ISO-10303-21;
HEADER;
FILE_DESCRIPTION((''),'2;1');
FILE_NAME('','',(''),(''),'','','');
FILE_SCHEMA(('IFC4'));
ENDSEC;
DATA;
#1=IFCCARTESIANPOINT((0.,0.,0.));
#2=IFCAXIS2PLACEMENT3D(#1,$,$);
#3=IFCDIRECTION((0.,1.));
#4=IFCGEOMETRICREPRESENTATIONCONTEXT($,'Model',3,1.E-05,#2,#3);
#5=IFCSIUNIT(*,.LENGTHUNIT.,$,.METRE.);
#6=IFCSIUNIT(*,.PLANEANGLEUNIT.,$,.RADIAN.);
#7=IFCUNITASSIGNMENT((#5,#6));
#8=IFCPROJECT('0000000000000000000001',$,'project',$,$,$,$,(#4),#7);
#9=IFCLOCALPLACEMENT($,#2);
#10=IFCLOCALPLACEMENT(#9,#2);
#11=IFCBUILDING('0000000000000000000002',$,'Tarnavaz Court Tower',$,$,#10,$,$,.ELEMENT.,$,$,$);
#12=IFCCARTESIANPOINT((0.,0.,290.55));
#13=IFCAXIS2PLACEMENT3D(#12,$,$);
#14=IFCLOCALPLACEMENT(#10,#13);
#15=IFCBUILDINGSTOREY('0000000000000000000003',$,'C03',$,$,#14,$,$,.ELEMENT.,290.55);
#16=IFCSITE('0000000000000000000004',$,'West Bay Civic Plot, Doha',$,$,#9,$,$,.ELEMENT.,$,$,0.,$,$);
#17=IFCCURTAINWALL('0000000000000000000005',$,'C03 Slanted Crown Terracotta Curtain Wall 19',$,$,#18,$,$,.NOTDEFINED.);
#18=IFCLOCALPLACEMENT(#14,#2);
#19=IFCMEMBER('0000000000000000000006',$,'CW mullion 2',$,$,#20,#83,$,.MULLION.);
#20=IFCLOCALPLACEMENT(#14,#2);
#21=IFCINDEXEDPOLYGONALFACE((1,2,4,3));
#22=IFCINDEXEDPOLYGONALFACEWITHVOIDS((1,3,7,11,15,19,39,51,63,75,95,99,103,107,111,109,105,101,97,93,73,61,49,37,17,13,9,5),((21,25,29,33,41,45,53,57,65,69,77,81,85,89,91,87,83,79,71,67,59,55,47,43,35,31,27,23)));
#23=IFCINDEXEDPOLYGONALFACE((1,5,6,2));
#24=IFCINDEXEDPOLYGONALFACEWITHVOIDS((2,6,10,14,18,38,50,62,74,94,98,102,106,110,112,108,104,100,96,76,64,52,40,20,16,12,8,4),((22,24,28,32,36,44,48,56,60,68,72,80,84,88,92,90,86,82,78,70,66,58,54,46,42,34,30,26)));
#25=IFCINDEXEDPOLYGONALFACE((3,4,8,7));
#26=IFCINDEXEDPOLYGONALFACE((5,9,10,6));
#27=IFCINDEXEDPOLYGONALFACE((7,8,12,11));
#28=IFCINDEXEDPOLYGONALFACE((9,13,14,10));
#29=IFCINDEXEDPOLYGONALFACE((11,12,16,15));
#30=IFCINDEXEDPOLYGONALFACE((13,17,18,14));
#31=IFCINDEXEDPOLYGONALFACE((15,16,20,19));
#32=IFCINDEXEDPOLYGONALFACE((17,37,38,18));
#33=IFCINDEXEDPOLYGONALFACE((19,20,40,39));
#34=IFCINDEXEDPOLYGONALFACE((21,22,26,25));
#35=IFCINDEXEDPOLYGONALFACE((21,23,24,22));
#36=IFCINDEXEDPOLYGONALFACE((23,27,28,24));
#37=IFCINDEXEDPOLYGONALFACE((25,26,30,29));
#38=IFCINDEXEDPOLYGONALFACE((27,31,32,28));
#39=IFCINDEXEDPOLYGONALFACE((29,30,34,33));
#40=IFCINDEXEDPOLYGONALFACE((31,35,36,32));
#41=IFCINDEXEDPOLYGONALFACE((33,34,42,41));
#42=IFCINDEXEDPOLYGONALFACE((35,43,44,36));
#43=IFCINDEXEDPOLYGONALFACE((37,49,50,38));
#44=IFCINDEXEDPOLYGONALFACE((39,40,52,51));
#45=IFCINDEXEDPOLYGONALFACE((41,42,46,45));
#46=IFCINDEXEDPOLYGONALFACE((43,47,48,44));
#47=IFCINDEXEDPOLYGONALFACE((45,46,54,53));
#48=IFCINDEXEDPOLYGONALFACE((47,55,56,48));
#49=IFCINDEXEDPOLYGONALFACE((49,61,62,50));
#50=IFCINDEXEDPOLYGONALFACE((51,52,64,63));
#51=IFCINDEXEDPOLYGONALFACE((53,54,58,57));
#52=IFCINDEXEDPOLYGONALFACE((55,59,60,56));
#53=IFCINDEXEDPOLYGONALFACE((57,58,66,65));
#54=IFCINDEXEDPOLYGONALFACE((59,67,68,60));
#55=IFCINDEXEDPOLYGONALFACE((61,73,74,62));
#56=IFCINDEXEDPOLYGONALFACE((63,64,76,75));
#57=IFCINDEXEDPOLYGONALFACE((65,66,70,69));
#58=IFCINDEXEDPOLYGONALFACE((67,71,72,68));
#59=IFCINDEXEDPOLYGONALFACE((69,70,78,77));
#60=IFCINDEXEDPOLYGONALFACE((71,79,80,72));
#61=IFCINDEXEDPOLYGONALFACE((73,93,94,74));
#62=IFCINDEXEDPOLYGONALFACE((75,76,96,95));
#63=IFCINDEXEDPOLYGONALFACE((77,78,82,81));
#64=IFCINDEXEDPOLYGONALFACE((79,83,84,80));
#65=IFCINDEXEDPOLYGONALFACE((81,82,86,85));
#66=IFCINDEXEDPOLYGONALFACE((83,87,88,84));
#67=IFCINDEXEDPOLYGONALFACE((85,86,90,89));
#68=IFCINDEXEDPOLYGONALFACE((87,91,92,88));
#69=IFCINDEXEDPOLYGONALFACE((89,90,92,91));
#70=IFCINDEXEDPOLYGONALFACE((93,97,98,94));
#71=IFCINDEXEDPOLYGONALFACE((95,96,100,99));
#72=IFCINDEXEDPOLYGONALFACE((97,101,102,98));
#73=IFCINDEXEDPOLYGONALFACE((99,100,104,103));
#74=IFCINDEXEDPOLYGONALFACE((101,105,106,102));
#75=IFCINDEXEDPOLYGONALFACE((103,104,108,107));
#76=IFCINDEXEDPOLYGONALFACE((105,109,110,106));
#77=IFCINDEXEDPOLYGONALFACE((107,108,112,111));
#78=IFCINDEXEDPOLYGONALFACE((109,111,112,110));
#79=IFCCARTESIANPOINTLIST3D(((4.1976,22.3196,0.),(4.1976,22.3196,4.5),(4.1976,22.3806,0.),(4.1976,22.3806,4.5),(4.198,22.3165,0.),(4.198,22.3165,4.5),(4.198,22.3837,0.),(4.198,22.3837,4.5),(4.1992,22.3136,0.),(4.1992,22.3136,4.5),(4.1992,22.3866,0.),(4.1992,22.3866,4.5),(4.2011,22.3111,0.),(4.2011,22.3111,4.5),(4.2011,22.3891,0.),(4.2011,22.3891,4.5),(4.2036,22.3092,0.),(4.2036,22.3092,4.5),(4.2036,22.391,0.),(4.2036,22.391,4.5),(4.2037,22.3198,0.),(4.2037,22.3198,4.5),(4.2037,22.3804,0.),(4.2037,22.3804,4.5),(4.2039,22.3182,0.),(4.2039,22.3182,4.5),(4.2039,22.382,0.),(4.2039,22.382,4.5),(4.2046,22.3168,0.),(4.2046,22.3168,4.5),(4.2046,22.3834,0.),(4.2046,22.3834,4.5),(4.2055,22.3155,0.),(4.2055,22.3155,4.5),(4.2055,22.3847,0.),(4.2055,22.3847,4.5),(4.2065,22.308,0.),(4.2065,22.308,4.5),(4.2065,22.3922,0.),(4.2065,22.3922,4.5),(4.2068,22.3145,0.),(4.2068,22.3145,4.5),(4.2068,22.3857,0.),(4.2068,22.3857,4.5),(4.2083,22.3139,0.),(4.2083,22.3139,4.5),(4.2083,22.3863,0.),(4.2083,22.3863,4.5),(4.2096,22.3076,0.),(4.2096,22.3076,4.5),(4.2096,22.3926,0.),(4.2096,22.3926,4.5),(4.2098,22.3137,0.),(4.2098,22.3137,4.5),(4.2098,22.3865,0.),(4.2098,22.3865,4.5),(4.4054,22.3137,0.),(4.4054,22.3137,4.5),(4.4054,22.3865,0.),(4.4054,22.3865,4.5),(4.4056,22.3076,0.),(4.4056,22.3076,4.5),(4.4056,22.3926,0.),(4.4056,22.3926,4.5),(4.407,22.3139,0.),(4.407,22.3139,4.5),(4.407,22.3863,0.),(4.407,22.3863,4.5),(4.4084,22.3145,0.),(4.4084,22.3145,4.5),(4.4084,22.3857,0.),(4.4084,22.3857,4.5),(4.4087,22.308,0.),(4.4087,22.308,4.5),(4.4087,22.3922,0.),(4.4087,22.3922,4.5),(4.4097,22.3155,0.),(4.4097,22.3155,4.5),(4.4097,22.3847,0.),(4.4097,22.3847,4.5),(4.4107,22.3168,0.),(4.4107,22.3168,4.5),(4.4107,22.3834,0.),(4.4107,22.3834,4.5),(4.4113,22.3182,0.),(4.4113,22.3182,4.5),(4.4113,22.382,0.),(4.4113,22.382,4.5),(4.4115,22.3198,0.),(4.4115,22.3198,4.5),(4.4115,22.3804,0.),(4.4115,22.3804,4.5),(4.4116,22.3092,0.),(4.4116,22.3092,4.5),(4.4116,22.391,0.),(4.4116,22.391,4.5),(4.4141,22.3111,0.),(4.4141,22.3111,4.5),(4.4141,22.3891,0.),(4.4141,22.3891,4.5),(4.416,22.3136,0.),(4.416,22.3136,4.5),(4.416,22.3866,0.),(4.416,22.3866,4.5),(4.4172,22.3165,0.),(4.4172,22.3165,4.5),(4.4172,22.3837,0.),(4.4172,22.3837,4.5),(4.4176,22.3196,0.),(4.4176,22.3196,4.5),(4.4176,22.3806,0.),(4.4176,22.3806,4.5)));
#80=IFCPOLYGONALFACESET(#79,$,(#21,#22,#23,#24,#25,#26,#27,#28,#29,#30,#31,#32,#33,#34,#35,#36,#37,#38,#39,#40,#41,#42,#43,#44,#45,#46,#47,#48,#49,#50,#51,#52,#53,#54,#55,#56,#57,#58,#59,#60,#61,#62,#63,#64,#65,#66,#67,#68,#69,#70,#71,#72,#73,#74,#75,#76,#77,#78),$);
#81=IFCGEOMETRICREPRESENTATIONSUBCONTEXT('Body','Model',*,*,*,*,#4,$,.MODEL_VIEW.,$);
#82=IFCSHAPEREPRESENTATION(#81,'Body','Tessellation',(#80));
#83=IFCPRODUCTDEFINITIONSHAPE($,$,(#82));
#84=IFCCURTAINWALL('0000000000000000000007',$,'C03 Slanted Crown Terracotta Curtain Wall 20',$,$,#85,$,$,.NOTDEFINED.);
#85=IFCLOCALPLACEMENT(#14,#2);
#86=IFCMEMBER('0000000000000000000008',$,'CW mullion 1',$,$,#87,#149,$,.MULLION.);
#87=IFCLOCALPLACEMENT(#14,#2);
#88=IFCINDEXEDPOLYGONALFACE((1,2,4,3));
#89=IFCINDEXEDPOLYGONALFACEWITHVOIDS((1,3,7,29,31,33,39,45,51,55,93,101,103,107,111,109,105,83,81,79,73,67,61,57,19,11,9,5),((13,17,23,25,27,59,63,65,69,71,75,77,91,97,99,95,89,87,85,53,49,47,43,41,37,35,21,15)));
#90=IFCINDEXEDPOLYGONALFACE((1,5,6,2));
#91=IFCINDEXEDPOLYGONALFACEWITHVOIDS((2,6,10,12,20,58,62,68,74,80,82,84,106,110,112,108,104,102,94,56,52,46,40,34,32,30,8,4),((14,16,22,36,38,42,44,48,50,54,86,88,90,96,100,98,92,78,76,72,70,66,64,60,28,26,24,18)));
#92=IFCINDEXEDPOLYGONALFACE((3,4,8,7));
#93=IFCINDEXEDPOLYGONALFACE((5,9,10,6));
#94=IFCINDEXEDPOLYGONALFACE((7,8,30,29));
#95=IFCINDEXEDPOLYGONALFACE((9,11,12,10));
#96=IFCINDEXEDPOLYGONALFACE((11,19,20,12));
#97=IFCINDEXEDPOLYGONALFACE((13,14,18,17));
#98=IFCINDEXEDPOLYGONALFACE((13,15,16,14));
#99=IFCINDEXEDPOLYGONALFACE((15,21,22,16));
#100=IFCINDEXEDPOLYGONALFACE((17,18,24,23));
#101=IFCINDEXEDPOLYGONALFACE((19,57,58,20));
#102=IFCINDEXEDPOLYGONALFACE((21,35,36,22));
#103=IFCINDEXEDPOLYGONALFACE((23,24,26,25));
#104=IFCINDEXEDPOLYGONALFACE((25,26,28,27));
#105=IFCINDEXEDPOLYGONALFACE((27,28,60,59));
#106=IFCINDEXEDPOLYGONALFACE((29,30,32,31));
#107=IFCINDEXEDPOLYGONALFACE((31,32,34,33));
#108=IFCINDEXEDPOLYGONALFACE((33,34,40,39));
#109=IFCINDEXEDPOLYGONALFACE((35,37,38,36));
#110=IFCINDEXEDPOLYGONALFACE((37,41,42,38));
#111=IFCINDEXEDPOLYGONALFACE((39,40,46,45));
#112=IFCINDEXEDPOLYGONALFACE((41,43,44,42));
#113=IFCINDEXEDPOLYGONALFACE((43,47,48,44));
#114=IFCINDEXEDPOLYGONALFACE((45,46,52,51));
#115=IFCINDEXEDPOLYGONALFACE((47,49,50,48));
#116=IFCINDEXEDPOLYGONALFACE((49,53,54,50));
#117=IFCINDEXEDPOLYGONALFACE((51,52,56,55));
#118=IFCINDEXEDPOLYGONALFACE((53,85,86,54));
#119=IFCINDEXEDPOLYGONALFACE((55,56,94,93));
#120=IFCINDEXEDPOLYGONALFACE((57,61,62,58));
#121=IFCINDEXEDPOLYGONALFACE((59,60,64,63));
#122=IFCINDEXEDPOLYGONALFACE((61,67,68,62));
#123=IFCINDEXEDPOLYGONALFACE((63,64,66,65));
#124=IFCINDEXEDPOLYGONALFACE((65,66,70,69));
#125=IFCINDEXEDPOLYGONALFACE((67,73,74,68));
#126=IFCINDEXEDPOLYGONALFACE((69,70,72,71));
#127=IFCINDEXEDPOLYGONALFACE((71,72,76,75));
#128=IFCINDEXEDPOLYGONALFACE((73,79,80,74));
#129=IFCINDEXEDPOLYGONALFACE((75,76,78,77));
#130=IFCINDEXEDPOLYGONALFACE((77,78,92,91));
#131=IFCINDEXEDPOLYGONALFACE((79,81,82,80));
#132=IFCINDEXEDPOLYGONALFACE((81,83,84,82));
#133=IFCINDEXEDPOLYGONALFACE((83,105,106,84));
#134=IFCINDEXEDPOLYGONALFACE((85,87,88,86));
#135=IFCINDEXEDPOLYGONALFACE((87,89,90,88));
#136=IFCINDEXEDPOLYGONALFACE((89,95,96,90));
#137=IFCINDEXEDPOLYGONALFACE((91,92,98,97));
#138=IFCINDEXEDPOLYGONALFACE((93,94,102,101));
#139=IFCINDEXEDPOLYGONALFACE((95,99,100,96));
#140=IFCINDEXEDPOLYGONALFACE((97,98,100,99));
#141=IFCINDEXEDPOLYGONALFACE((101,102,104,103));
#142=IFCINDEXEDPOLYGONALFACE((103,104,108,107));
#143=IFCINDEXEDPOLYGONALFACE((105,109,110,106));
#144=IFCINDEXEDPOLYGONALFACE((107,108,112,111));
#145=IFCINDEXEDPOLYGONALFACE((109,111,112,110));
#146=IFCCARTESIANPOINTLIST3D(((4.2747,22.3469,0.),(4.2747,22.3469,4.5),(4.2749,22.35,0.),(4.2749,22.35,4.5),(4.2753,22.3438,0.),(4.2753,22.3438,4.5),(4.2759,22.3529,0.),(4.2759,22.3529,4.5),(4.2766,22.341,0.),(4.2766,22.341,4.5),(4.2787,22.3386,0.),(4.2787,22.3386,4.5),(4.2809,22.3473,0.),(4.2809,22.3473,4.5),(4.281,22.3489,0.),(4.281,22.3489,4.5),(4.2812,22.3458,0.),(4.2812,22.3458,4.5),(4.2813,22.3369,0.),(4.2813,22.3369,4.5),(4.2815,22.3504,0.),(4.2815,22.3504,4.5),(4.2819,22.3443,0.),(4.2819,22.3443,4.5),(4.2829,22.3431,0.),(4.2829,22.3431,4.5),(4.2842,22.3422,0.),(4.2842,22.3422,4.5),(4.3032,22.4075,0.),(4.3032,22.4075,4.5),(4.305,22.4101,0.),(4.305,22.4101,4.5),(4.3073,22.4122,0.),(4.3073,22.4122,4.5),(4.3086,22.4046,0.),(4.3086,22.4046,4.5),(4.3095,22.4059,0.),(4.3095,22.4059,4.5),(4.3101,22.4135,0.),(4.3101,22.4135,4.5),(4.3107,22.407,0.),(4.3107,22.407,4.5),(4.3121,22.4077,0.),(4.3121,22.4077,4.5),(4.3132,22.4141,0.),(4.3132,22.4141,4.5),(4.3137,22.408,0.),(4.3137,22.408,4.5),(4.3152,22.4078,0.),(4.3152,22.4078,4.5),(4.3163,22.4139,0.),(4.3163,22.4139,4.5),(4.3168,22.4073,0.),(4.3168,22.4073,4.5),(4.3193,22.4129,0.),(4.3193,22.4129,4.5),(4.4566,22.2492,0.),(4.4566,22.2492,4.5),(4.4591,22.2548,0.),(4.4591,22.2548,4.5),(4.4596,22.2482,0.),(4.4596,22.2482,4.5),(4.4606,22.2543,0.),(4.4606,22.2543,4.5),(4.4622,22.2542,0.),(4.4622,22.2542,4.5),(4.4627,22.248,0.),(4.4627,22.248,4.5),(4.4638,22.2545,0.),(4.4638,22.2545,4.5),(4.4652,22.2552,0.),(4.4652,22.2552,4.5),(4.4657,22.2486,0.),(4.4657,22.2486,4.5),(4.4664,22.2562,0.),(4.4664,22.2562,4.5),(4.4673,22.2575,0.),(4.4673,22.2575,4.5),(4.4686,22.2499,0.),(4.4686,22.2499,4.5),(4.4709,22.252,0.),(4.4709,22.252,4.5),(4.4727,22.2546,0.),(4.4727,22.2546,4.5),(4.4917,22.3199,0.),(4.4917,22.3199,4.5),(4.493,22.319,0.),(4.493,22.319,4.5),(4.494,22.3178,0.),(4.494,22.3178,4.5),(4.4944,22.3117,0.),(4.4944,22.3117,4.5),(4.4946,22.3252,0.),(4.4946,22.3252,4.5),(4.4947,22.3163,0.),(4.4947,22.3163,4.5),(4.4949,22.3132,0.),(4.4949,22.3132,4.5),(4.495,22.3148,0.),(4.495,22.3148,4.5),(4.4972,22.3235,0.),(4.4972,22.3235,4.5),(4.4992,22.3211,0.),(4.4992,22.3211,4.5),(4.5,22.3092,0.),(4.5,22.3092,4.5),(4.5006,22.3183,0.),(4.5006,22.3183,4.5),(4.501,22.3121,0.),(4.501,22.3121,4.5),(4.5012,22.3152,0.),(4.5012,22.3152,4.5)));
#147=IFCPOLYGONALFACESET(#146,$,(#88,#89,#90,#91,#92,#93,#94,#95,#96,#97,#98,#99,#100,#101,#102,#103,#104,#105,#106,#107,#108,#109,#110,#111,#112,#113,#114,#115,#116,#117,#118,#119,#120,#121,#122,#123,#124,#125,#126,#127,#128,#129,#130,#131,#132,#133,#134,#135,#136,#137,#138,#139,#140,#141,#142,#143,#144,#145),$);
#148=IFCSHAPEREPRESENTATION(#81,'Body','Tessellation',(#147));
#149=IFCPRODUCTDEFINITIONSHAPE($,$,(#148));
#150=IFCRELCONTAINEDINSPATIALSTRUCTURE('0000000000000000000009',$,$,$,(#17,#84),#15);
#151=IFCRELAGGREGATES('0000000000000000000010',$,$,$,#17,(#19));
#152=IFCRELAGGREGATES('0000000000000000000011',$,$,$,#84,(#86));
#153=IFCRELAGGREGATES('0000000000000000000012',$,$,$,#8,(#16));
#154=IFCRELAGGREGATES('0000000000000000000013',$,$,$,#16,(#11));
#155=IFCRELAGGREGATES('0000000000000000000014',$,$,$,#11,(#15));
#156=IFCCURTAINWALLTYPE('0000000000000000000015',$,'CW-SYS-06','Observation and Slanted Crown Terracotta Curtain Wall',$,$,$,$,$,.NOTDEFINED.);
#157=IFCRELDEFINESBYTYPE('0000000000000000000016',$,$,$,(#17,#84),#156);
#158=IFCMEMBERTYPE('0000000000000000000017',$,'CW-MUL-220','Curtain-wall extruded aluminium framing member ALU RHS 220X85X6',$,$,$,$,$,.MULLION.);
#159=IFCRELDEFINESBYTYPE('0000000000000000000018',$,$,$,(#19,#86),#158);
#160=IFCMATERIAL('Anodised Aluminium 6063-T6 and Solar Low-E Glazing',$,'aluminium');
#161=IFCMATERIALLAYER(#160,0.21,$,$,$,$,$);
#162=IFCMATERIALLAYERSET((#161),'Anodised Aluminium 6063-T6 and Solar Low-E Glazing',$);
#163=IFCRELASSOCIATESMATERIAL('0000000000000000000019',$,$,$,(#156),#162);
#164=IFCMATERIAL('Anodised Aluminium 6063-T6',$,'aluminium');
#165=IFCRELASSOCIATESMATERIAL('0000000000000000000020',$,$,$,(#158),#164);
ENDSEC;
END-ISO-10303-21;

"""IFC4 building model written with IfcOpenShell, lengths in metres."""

from ifc_helpers import new_model, si_unit, direction, frame, origin, origin_2d, place, context, subcontext, project, spatial, hollow_rectangle, extrude, material, layer, layer_set, material_profile, profile_set, type_object, element, aggregate, save


model = new_model("IFC4")

# Units and contexts
model_context = context("Model", 3, precision=1e-05, world=origin(), true_north=direction((0.0, 1.0)))
body_context = subcontext(model_context, "Body", "Model", "MODEL_VIEW")
ifc_project = project(units=[si_unit("LENGTHUNIT", "METRE"), si_unit("PLANEANGLEUNIT", "RADIAN")], contexts=[model_context])

# Site, building, storey
site_placement = place(None, origin())
site = spatial("IfcSite", under=ifc_project, at=site_placement, Name="West Bay Civic Plot, Doha", CompositionType="ELEMENT", RefElevation=0.0)
building_placement = place(site_placement, origin())
building = spatial("IfcBuilding", under=site, at=building_placement, Name="Tarnavaz Court Tower", CompositionType="ELEMENT")
storey_placement = place(building_placement, frame((0.0, 0.0, 290.55)))
storey = spatial("IfcBuildingStorey", under=building, at=storey_placement, Name="C03", CompositionType="ELEMENT", Elevation=290.55)

# Curtain wall, member
ifc_material_1 = material(Name="Anodised Aluminium 6063-T6 and Solar Low-E Glazing", Category="aluminium")
ifc_layer_1 = layer(ifc_material_1, 0.21)
ifc_layer_set_1 = layer_set([ifc_layer_1], Name="Anodised Aluminium 6063-T6 and Solar Low-E Glazing")
curtain_wall_type = type_object("IfcCurtainWallType", Name="CW-SYS-06", Description="Observation and Slanted Crown Terracotta Curtain Wall", PredefinedType="NOTDEFINED", material=ifc_layer_set_1)
curtain_wall_1_placement = place(storey_placement, origin())
curtain_wall_1 = element("IfcCurtainWall", 1, at=curtain_wall_1_placement, inside=storey, type_object=curtain_wall_type, Name="C03 Slanted Crown Terracotta Curtain Wall 19", PredefinedType="NOTDEFINED")
ifc_material_2 = material(Name="Anodised Aluminium 6063-T6", Category="aluminium")
ifc_material_profile_1 = material_profile(ifc_material_2, hollow_rectangle(XDim=0.085, YDim=0.22, WallThickness=0.0061, InnerFilletRadius=0.0061, OuterFilletRadius=0.012, at=origin_2d()), Name="ALU RHS 220X85X6")
ifc_profile_set_1 = profile_set([ifc_material_profile_1], Name="Anodised Aluminium 6063-T6")
member_type_1 = type_object("IfcMemberType", Name="CW-MUL-220", Description="Curtain-wall extruded aluminium framing member ALU RHS 220X85X6", PredefinedType="MULLION", material=ifc_profile_set_1)
member_1_placement = place(storey_placement, frame((4.3076, 22.3501, 0.0), z_axis=(0.0, 0.0, 1.0), x_axis=(0.0, 1.0, 0.0)))
member_1 = element("IfcMember", 2, at=member_1_placement, type_object=member_type_1, Name="CW mullion 2", PredefinedType="MULLION", context=body_context, shape_type="SweptSolid", body=[
    extrude(hollow_rectangle(XDim=0.085, YDim=0.22, WallThickness=0.0061, InnerFilletRadius=0.0061, OuterFilletRadius=0.012, at=origin_2d()), origin(), (0.0, 0.0, 1.0), 4.5),
])

# Curtain wall, member
curtain_wall_2_placement = place(storey_placement, origin())
curtain_wall_2 = element("IfcCurtainWall", 3, at=curtain_wall_2_placement, inside=storey, type_object=curtain_wall_type, Name="C03 Slanted Crown Terracotta Curtain Wall 20", PredefinedType="NOTDEFINED")
member_2_placement = place(storey_placement, frame((4.3879, 22.3311, 0.0), z_axis=(0.0, 0.0, 1.0), x_axis=(0.447214, 0.894427, 0.0)))
member_2 = element("IfcMember", 4, at=member_2_placement, type_object=member_type_1, Name="CW mullion 1", PredefinedType="MULLION", context=body_context, shape_type="SweptSolid", body=[
    extrude(hollow_rectangle(XDim=0.085, YDim=0.22, WallThickness=0.0061, InnerFilletRadius=0.0061, OuterFilletRadius=0.012, at=origin_2d()), origin(), (0.0, 0.0, 1.0), 4.5),
])

aggregate(curtain_wall_1, [member_1])
aggregate(curtain_wall_2, [member_2])

save(model, "model.ifc")
